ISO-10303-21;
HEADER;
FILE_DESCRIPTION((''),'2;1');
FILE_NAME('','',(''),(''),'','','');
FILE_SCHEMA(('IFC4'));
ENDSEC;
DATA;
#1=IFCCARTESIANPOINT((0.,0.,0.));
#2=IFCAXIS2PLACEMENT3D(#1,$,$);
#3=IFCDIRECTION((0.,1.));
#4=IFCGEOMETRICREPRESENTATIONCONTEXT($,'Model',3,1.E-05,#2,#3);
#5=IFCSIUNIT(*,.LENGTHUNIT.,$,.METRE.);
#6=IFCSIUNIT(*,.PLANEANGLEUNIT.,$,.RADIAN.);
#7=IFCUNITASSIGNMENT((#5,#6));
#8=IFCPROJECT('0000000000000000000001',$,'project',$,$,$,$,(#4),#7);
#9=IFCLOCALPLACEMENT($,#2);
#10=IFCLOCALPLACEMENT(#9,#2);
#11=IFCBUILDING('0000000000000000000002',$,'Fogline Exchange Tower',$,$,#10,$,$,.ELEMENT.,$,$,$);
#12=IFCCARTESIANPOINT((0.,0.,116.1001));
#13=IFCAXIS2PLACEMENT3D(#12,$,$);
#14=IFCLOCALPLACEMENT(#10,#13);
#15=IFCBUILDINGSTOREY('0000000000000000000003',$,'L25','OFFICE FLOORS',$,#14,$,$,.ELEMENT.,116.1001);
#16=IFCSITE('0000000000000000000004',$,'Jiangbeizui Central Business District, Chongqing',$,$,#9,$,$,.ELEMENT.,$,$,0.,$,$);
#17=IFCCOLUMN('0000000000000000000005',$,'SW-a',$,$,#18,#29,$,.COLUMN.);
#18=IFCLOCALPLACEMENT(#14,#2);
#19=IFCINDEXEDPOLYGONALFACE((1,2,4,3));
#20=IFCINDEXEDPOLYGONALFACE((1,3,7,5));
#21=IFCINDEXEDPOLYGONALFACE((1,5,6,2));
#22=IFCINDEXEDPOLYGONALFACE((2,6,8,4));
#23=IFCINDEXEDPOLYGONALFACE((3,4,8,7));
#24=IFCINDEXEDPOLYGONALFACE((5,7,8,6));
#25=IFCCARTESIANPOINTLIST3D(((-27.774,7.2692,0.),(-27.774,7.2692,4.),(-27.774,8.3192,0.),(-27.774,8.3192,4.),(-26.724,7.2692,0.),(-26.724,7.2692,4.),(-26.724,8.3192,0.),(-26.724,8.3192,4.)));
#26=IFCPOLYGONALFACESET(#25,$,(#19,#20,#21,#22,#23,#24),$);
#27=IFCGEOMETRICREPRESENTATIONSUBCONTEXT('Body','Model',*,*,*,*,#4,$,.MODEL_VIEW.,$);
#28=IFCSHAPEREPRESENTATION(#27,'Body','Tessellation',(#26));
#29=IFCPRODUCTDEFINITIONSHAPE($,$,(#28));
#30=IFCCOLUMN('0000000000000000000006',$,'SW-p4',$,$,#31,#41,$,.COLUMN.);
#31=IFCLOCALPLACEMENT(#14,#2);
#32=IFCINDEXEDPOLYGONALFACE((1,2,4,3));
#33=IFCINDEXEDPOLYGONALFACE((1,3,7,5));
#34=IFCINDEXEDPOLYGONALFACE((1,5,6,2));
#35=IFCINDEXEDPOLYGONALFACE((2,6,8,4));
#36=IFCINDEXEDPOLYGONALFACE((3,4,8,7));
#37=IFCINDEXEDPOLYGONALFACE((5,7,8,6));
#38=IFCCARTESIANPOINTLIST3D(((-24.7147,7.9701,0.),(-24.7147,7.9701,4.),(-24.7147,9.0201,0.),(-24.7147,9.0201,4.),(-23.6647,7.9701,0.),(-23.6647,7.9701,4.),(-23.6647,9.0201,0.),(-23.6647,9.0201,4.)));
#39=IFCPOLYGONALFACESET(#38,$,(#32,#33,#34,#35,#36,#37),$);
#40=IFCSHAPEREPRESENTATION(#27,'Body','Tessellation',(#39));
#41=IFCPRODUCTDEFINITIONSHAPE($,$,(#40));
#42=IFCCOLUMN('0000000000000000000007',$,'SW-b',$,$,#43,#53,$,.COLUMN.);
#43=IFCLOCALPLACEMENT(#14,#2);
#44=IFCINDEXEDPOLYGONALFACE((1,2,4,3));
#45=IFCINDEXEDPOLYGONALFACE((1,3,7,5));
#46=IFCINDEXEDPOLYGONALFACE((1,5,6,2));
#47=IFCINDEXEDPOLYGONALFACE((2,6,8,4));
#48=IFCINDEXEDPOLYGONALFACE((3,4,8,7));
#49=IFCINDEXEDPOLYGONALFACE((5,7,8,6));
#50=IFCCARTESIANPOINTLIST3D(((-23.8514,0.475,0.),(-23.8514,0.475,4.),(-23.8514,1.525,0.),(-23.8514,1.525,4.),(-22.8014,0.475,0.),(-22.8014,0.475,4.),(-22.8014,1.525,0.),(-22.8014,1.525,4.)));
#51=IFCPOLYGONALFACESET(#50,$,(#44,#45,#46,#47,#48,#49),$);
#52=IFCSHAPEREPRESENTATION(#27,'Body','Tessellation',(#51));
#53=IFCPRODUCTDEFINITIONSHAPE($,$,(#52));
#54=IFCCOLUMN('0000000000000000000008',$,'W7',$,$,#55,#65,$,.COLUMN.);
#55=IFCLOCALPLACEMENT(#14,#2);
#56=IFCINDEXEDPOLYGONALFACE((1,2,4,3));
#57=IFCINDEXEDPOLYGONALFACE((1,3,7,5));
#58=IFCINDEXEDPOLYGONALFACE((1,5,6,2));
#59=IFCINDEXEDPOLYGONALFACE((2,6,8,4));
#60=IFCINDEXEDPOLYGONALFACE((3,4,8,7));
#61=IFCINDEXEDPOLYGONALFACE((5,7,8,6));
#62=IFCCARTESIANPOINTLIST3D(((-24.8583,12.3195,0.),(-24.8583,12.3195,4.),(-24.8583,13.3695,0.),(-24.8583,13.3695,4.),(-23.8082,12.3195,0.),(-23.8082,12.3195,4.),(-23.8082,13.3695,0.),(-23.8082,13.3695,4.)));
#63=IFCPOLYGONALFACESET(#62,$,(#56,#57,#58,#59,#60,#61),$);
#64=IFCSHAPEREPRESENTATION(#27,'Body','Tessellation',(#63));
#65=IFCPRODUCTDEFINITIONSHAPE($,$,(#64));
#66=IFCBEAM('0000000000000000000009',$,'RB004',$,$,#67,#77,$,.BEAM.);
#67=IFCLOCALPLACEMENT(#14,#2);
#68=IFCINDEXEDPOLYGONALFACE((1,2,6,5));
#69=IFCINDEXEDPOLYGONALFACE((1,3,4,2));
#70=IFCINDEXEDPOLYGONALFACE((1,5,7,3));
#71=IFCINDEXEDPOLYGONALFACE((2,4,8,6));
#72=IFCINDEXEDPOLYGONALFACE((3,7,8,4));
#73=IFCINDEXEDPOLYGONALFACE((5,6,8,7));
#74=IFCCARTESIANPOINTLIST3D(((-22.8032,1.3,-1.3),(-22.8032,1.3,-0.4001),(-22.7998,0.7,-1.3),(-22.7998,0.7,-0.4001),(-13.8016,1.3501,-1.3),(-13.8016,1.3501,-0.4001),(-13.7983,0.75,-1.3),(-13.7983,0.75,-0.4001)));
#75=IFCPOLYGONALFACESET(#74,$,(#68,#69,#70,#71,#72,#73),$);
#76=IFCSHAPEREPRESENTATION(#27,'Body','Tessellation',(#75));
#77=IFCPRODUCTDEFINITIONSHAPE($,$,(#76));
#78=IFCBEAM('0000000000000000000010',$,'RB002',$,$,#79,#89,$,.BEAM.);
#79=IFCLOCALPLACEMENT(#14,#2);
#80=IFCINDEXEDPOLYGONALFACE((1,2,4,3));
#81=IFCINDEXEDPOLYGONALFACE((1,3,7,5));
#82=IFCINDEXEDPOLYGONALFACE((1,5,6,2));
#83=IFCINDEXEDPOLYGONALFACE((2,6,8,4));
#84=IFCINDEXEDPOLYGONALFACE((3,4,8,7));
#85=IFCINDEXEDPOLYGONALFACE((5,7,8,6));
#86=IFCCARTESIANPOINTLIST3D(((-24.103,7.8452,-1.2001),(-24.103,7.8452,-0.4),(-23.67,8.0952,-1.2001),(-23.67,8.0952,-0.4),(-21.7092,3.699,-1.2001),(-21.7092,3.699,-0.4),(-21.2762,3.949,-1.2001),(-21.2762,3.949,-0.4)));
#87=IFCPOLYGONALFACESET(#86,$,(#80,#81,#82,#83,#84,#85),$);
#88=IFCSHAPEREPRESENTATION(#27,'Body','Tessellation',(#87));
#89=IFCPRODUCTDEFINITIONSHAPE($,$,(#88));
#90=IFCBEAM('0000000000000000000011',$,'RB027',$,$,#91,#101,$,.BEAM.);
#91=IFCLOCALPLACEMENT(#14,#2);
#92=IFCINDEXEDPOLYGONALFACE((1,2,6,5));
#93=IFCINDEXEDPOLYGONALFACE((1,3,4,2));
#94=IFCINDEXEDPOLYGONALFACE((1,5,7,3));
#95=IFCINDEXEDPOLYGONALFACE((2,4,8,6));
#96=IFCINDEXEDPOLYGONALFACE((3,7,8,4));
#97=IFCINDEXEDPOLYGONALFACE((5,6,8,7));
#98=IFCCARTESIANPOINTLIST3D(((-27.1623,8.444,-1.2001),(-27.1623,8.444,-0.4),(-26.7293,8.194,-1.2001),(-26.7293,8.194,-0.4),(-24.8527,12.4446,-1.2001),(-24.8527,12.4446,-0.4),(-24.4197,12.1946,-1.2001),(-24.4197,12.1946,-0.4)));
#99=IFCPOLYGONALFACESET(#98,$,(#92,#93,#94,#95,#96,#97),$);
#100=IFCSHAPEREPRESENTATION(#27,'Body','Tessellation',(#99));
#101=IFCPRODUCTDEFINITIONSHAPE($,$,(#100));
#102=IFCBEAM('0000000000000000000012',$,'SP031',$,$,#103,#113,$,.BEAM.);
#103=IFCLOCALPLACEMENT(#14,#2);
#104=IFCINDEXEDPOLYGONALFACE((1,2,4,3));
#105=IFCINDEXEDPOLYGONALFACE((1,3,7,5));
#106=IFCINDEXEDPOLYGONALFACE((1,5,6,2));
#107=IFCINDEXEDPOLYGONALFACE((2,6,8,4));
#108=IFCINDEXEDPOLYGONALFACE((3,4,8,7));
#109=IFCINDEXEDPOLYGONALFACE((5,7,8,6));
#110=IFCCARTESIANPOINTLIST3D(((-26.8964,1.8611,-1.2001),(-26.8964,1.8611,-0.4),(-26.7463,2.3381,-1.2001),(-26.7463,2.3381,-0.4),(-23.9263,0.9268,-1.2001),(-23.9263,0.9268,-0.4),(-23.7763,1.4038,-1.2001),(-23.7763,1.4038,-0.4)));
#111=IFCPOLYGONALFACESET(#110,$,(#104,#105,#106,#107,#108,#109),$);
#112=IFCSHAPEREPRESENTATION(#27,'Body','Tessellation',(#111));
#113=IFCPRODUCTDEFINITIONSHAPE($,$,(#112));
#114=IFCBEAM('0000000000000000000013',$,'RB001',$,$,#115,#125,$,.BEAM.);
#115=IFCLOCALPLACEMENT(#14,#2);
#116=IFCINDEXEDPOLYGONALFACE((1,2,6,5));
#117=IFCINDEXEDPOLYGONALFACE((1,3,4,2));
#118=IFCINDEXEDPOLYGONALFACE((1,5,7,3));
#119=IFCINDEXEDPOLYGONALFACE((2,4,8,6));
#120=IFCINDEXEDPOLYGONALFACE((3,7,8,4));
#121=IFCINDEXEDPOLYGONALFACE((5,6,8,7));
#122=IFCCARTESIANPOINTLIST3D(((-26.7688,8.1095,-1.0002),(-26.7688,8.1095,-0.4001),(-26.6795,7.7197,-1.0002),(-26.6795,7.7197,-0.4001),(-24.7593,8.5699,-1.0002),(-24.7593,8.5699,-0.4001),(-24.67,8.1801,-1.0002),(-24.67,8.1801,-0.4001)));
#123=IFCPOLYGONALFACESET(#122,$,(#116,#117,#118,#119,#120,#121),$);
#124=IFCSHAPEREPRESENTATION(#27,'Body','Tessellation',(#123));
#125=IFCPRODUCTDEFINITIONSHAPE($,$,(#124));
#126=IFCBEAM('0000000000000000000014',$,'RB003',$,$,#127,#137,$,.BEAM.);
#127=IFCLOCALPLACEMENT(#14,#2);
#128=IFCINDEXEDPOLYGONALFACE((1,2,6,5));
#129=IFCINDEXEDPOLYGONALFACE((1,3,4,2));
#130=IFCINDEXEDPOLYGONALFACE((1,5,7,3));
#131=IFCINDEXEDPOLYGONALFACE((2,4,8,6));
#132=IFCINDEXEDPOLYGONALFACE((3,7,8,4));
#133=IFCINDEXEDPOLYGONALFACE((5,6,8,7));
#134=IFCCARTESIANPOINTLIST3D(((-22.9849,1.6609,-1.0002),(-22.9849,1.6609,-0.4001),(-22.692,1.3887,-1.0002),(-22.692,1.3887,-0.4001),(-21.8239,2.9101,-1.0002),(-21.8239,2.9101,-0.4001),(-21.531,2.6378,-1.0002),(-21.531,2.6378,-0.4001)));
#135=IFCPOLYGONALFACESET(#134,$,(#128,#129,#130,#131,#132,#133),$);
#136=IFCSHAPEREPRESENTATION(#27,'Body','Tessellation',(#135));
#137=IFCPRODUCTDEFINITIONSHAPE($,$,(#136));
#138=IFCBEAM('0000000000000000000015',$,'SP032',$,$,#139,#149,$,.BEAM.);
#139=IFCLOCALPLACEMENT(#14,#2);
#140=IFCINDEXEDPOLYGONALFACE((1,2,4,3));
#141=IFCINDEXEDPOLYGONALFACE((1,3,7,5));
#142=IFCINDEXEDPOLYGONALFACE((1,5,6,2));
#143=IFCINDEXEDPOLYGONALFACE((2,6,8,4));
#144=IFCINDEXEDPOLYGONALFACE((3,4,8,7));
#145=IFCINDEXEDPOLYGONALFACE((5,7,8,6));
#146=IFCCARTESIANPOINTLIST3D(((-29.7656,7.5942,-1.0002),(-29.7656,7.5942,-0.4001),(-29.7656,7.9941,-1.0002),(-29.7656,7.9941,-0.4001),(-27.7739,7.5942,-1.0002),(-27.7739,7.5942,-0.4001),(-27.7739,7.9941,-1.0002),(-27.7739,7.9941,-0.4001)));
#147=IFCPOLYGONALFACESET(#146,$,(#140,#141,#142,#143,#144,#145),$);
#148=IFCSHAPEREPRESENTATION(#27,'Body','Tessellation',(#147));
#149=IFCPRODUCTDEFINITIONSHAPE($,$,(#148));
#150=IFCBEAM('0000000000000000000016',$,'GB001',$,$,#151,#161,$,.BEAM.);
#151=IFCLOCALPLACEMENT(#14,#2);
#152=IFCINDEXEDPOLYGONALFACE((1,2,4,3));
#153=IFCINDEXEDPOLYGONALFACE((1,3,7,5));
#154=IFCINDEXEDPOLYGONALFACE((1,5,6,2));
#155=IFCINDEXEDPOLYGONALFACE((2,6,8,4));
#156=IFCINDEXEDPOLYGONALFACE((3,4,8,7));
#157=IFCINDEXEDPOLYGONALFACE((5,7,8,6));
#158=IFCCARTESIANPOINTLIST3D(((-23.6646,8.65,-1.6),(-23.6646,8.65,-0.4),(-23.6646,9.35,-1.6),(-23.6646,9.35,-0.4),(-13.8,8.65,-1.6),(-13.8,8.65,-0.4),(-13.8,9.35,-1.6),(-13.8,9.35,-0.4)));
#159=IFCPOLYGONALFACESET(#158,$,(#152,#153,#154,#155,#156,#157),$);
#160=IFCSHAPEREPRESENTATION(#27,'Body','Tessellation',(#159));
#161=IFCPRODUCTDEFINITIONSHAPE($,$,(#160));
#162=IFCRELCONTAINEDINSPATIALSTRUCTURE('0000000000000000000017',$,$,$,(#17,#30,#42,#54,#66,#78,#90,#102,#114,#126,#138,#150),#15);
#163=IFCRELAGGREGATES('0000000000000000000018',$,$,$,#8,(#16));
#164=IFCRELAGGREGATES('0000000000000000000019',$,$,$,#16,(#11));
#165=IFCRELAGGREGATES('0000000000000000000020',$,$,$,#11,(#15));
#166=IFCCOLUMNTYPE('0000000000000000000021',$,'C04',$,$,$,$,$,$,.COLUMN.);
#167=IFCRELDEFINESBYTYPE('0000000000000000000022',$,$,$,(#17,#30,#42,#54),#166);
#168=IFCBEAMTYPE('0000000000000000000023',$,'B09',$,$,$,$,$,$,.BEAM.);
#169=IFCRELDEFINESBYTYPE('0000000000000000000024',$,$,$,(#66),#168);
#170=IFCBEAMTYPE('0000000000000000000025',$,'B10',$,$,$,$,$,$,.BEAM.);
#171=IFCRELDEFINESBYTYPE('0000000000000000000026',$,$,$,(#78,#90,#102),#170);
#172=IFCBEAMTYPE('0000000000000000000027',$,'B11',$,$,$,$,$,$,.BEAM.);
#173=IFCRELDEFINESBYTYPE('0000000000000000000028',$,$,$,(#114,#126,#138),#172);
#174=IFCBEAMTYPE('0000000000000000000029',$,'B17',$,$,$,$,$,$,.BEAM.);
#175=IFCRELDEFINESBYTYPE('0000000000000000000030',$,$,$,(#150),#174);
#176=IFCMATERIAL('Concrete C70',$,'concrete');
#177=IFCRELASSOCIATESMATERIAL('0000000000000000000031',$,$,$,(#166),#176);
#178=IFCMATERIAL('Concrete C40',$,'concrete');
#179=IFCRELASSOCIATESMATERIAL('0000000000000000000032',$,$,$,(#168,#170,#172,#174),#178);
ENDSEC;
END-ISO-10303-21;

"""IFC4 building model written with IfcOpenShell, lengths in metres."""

from ifc_helpers import new_model, si_unit, direction, frame, origin, origin_2d, place, context, subcontext, project, spatial, rectangle, extrude, material, material_profile, profile_set, type_object, element, save


model = new_model("IFC4")

# Units and contexts
model_context = context("Model", 3, precision=1e-05, world=origin(), true_north=direction((0.0, 1.0)))
body_context = subcontext(model_context, "Body", "Model", "MODEL_VIEW")
ifc_project = project(units=[si_unit("LENGTHUNIT", "METRE"), si_unit("PLANEANGLEUNIT", "RADIAN")], contexts=[model_context])

# Site, building, storey
site_placement = place(None, origin())
site = spatial("IfcSite", under=ifc_project, at=site_placement, Name="Jiangbeizui Central Business District, Chongqing", CompositionType="ELEMENT", RefElevation=0.0)
building_placement = place(site_placement, origin())
building = spatial("IfcBuilding", under=site, at=building_placement, Name="Fogline Exchange Tower", CompositionType="ELEMENT")
storey_placement = place(building_placement, frame((0.0, 0.0, 116.1001)))
storey = spatial("IfcBuildingStorey", under=building, at=storey_placement, Name="L25", Description="OFFICE FLOORS", CompositionType="ELEMENT", Elevation=116.1001)

# Columns
ifc_material_1 = material(Name="Concrete C70", Category="concrete")
ifc_material_profile_1 = material_profile(ifc_material_1, rectangle(XDim=1.05, YDim=1.05, at=origin_2d()), Name="RC 1050x1050")
ifc_profile_set_1 = profile_set([ifc_material_profile_1], Name="Concrete C70")
column_type = type_object("IfcColumnType", Name="C04", PredefinedType="COLUMN", material=ifc_profile_set_1)
for number, where, z_axis, x_axis, name in (
    (1, (-27.249, 7.7942, 0.0), (0.0, 0.0, 1.0), (1.0, 0.0, 0.0), "SW-a"),
    (2, (-24.1897, 8.4951, 0.0), (0.0, 0.0, 1.0), (1.0, 0.0, 0.0), "SW-p4"),
    (3, (-23.3264, 1.0, 0.0), (0.0, 0.0, 1.0), (1.0, 0.0, 0.0), "SW-b"),
    (4, (-24.3333, 12.8445, 0.0), (0.0, 0.0, 1.0), (1.0, 0.0, 0.0), "W7"),
):
    element("IfcColumn", number, at=place(storey_placement, frame(where, z_axis=z_axis, x_axis=x_axis)), inside=storey, type_object=column_type, Name=name, PredefinedType="COLUMN", context=body_context, shape_type="SweptSolid", body=[
        extrude(rectangle(XDim=1.05, YDim=1.05, at=origin_2d()), origin(), (0.0, 0.0, 1.0), 4.0),
    ])

# Beams
ifc_material_2 = material(Name="Concrete C40", Category="concrete")
ifc_material_profile_2 = material_profile(ifc_material_2, rectangle(XDim=0.6001, YDim=0.8999, at=origin_2d()), Name="RC 600x900")
ifc_profile_set_2 = profile_set([ifc_material_profile_2], Name="Concrete C40")
beam_type_1 = type_object("IfcBeamType", Name="B09", PredefinedType="BEAM", material=ifc_profile_set_2)
beam_1_placement = place(storey_placement, frame((-22.8015, 1.0, -0.8501), z_axis=(0.999985, 0.00556, 0.0), x_axis=(-0.00556, 0.999985, 0.0)))
element("IfcBeam", 5, at=beam_1_placement, inside=storey, type_object=beam_type_1, Name="RB004", PredefinedType="BEAM", context=body_context, shape_type="SweptSolid", body=[
    extrude(rectangle(XDim=0.6001, YDim=0.8999, at=origin_2d()), origin(), (0.0, 0.0, 1.0), 9.0017),
])
ifc_material_profile_3 = material_profile(ifc_material_2, rectangle(XDim=0.5, YDim=0.8, at=origin_2d()), Name="RC 500x800")
ifc_profile_set_3 = profile_set([ifc_material_profile_3], Name="Concrete C40")
beam_type_2 = type_object("IfcBeamType", Name="B10", PredefinedType="BEAM", material=ifc_profile_set_3)
beam_2_placement = place(storey_placement, frame((-23.8865, 7.9702, -0.8), z_axis=(0.499995, -0.866028, 0.0), x_axis=(0.866028, 0.499995, 0.0)))
element("IfcBeam", 6, at=beam_2_placement, inside=storey, type_object=beam_type_2, Name="RB002", PredefinedType="BEAM", context=body_context, shape_type="SweptSolid", body=[
    extrude(rectangle(XDim=0.5, YDim=0.8, at=origin_2d()), origin(), (0.0, 0.0, 1.0), 4.7876),
])
beam_3_placement = place(storey_placement, frame((-24.6362, 12.3196, -0.8), z_axis=(-0.499982, -0.866036, 0.0), x_axis=(0.866036, -0.499982, 0.0)))
element("IfcBeam", 7, at=beam_3_placement, inside=storey, type_object=beam_type_2, Name="RB027", PredefinedType="BEAM", context=body_context, shape_type="SweptSolid", body=[
    extrude(rectangle(XDim=0.5, YDim=0.8, at=origin_2d()), origin(), (0.0, 0.0, 1.0), 4.6194),
])
beam_4_placement = place(storey_placement, frame((-23.8513, 1.1653, -0.8), z_axis=(-0.95391, 0.300092, 0.0), x_axis=(-0.300092, -0.95391, 0.0)))
element("IfcBeam", 8, at=beam_4_placement, inside=storey, type_object=beam_type_2, Name="SP031", PredefinedType="BEAM", context=body_context, shape_type="SweptSolid", body=[
    extrude(rectangle(XDim=0.5, YDim=0.8, at=origin_2d()), origin(), (0.0, 0.0, 1.0), 3.1135),
])
ifc_material_profile_4 = material_profile(ifc_material_2, rectangle(XDim=0.3999, YDim=0.6001, at=origin_2d()), Name="RC 400x600")
ifc_profile_set_4 = profile_set([ifc_material_profile_4], Name="Concrete C40")
beam_type_3 = type_object("IfcBeamType", Name="B11", PredefinedType="BEAM", material=ifc_profile_set_4)
beam_5_placement = place(storey_placement, frame((-26.7241, 7.9146, -0.7002), z_axis=(0.974739, 0.223346, 0.0), x_axis=(-0.223346, 0.974739, 0.0)))
element("IfcBeam", 9, at=beam_5_placement, inside=storey, type_object=beam_type_3, Name="RB001", PredefinedType="BEAM", context=body_context, shape_type="SweptSolid", body=[
    extrude(rectangle(XDim=0.3999, YDim=0.6001, at=origin_2d()), origin(), (0.0, 0.0, 1.0), 2.0615),
])
beam_6_placement = place(storey_placement, frame((-21.6775, 2.7739, -0.7002), z_axis=(-0.680792, -0.732477, 0.0), x_axis=(0.732477, -0.680792, 0.0)))
element("IfcBeam", 10, at=beam_6_placement, inside=storey, type_object=beam_type_3, Name="RB003", PredefinedType="BEAM", context=body_context, shape_type="SweptSolid", body=[
    extrude(rectangle(XDim=0.3999, YDim=0.6001, at=origin_2d()), origin(), (0.0, 0.0, 1.0), 1.7053),
])
beam_7_placement = place(storey_placement, frame((-27.7739, 7.7942, -0.7002), z_axis=(-1.0, 0.0, 0.0), x_axis=(0.0, -1.0, 0.0)))
element("IfcBeam", 11, at=beam_7_placement, inside=storey, type_object=beam_type_3, Name="SP032", PredefinedType="BEAM", context=body_context, shape_type="SweptSolid", body=[
    extrude(rectangle(XDim=0.3999, YDim=0.6001, at=origin_2d()), origin(), (0.0, 0.0, 1.0), 1.9917),
])
ifc_material_profile_5 = material_profile(ifc_material_2, rectangle(XDim=0.7, YDim=1.2, at=origin_2d()), Name="RC 700x1200")
ifc_profile_set_5 = profile_set([ifc_material_profile_5], Name="Concrete C40")
beam_type_4 = type_object("IfcBeamType", Name="B17", PredefinedType="BEAM", material=ifc_profile_set_5)
beam_8_placement = place(storey_placement, frame((-23.6646, 9.0, -1.0), z_axis=(1.0, 0.0, 0.0), x_axis=(0.0, 1.0, 0.0)))
element("IfcBeam", 12, at=beam_8_placement, inside=storey, type_object=beam_type_4, Name="GB001", PredefinedType="BEAM", context=body_context, shape_type="SweptSolid", body=[
    extrude(rectangle(XDim=0.7, YDim=1.2, at=origin_2d()), origin(), (0.0, 0.0, 1.0), 9.8645),
])

save(model, "model.ifc")
